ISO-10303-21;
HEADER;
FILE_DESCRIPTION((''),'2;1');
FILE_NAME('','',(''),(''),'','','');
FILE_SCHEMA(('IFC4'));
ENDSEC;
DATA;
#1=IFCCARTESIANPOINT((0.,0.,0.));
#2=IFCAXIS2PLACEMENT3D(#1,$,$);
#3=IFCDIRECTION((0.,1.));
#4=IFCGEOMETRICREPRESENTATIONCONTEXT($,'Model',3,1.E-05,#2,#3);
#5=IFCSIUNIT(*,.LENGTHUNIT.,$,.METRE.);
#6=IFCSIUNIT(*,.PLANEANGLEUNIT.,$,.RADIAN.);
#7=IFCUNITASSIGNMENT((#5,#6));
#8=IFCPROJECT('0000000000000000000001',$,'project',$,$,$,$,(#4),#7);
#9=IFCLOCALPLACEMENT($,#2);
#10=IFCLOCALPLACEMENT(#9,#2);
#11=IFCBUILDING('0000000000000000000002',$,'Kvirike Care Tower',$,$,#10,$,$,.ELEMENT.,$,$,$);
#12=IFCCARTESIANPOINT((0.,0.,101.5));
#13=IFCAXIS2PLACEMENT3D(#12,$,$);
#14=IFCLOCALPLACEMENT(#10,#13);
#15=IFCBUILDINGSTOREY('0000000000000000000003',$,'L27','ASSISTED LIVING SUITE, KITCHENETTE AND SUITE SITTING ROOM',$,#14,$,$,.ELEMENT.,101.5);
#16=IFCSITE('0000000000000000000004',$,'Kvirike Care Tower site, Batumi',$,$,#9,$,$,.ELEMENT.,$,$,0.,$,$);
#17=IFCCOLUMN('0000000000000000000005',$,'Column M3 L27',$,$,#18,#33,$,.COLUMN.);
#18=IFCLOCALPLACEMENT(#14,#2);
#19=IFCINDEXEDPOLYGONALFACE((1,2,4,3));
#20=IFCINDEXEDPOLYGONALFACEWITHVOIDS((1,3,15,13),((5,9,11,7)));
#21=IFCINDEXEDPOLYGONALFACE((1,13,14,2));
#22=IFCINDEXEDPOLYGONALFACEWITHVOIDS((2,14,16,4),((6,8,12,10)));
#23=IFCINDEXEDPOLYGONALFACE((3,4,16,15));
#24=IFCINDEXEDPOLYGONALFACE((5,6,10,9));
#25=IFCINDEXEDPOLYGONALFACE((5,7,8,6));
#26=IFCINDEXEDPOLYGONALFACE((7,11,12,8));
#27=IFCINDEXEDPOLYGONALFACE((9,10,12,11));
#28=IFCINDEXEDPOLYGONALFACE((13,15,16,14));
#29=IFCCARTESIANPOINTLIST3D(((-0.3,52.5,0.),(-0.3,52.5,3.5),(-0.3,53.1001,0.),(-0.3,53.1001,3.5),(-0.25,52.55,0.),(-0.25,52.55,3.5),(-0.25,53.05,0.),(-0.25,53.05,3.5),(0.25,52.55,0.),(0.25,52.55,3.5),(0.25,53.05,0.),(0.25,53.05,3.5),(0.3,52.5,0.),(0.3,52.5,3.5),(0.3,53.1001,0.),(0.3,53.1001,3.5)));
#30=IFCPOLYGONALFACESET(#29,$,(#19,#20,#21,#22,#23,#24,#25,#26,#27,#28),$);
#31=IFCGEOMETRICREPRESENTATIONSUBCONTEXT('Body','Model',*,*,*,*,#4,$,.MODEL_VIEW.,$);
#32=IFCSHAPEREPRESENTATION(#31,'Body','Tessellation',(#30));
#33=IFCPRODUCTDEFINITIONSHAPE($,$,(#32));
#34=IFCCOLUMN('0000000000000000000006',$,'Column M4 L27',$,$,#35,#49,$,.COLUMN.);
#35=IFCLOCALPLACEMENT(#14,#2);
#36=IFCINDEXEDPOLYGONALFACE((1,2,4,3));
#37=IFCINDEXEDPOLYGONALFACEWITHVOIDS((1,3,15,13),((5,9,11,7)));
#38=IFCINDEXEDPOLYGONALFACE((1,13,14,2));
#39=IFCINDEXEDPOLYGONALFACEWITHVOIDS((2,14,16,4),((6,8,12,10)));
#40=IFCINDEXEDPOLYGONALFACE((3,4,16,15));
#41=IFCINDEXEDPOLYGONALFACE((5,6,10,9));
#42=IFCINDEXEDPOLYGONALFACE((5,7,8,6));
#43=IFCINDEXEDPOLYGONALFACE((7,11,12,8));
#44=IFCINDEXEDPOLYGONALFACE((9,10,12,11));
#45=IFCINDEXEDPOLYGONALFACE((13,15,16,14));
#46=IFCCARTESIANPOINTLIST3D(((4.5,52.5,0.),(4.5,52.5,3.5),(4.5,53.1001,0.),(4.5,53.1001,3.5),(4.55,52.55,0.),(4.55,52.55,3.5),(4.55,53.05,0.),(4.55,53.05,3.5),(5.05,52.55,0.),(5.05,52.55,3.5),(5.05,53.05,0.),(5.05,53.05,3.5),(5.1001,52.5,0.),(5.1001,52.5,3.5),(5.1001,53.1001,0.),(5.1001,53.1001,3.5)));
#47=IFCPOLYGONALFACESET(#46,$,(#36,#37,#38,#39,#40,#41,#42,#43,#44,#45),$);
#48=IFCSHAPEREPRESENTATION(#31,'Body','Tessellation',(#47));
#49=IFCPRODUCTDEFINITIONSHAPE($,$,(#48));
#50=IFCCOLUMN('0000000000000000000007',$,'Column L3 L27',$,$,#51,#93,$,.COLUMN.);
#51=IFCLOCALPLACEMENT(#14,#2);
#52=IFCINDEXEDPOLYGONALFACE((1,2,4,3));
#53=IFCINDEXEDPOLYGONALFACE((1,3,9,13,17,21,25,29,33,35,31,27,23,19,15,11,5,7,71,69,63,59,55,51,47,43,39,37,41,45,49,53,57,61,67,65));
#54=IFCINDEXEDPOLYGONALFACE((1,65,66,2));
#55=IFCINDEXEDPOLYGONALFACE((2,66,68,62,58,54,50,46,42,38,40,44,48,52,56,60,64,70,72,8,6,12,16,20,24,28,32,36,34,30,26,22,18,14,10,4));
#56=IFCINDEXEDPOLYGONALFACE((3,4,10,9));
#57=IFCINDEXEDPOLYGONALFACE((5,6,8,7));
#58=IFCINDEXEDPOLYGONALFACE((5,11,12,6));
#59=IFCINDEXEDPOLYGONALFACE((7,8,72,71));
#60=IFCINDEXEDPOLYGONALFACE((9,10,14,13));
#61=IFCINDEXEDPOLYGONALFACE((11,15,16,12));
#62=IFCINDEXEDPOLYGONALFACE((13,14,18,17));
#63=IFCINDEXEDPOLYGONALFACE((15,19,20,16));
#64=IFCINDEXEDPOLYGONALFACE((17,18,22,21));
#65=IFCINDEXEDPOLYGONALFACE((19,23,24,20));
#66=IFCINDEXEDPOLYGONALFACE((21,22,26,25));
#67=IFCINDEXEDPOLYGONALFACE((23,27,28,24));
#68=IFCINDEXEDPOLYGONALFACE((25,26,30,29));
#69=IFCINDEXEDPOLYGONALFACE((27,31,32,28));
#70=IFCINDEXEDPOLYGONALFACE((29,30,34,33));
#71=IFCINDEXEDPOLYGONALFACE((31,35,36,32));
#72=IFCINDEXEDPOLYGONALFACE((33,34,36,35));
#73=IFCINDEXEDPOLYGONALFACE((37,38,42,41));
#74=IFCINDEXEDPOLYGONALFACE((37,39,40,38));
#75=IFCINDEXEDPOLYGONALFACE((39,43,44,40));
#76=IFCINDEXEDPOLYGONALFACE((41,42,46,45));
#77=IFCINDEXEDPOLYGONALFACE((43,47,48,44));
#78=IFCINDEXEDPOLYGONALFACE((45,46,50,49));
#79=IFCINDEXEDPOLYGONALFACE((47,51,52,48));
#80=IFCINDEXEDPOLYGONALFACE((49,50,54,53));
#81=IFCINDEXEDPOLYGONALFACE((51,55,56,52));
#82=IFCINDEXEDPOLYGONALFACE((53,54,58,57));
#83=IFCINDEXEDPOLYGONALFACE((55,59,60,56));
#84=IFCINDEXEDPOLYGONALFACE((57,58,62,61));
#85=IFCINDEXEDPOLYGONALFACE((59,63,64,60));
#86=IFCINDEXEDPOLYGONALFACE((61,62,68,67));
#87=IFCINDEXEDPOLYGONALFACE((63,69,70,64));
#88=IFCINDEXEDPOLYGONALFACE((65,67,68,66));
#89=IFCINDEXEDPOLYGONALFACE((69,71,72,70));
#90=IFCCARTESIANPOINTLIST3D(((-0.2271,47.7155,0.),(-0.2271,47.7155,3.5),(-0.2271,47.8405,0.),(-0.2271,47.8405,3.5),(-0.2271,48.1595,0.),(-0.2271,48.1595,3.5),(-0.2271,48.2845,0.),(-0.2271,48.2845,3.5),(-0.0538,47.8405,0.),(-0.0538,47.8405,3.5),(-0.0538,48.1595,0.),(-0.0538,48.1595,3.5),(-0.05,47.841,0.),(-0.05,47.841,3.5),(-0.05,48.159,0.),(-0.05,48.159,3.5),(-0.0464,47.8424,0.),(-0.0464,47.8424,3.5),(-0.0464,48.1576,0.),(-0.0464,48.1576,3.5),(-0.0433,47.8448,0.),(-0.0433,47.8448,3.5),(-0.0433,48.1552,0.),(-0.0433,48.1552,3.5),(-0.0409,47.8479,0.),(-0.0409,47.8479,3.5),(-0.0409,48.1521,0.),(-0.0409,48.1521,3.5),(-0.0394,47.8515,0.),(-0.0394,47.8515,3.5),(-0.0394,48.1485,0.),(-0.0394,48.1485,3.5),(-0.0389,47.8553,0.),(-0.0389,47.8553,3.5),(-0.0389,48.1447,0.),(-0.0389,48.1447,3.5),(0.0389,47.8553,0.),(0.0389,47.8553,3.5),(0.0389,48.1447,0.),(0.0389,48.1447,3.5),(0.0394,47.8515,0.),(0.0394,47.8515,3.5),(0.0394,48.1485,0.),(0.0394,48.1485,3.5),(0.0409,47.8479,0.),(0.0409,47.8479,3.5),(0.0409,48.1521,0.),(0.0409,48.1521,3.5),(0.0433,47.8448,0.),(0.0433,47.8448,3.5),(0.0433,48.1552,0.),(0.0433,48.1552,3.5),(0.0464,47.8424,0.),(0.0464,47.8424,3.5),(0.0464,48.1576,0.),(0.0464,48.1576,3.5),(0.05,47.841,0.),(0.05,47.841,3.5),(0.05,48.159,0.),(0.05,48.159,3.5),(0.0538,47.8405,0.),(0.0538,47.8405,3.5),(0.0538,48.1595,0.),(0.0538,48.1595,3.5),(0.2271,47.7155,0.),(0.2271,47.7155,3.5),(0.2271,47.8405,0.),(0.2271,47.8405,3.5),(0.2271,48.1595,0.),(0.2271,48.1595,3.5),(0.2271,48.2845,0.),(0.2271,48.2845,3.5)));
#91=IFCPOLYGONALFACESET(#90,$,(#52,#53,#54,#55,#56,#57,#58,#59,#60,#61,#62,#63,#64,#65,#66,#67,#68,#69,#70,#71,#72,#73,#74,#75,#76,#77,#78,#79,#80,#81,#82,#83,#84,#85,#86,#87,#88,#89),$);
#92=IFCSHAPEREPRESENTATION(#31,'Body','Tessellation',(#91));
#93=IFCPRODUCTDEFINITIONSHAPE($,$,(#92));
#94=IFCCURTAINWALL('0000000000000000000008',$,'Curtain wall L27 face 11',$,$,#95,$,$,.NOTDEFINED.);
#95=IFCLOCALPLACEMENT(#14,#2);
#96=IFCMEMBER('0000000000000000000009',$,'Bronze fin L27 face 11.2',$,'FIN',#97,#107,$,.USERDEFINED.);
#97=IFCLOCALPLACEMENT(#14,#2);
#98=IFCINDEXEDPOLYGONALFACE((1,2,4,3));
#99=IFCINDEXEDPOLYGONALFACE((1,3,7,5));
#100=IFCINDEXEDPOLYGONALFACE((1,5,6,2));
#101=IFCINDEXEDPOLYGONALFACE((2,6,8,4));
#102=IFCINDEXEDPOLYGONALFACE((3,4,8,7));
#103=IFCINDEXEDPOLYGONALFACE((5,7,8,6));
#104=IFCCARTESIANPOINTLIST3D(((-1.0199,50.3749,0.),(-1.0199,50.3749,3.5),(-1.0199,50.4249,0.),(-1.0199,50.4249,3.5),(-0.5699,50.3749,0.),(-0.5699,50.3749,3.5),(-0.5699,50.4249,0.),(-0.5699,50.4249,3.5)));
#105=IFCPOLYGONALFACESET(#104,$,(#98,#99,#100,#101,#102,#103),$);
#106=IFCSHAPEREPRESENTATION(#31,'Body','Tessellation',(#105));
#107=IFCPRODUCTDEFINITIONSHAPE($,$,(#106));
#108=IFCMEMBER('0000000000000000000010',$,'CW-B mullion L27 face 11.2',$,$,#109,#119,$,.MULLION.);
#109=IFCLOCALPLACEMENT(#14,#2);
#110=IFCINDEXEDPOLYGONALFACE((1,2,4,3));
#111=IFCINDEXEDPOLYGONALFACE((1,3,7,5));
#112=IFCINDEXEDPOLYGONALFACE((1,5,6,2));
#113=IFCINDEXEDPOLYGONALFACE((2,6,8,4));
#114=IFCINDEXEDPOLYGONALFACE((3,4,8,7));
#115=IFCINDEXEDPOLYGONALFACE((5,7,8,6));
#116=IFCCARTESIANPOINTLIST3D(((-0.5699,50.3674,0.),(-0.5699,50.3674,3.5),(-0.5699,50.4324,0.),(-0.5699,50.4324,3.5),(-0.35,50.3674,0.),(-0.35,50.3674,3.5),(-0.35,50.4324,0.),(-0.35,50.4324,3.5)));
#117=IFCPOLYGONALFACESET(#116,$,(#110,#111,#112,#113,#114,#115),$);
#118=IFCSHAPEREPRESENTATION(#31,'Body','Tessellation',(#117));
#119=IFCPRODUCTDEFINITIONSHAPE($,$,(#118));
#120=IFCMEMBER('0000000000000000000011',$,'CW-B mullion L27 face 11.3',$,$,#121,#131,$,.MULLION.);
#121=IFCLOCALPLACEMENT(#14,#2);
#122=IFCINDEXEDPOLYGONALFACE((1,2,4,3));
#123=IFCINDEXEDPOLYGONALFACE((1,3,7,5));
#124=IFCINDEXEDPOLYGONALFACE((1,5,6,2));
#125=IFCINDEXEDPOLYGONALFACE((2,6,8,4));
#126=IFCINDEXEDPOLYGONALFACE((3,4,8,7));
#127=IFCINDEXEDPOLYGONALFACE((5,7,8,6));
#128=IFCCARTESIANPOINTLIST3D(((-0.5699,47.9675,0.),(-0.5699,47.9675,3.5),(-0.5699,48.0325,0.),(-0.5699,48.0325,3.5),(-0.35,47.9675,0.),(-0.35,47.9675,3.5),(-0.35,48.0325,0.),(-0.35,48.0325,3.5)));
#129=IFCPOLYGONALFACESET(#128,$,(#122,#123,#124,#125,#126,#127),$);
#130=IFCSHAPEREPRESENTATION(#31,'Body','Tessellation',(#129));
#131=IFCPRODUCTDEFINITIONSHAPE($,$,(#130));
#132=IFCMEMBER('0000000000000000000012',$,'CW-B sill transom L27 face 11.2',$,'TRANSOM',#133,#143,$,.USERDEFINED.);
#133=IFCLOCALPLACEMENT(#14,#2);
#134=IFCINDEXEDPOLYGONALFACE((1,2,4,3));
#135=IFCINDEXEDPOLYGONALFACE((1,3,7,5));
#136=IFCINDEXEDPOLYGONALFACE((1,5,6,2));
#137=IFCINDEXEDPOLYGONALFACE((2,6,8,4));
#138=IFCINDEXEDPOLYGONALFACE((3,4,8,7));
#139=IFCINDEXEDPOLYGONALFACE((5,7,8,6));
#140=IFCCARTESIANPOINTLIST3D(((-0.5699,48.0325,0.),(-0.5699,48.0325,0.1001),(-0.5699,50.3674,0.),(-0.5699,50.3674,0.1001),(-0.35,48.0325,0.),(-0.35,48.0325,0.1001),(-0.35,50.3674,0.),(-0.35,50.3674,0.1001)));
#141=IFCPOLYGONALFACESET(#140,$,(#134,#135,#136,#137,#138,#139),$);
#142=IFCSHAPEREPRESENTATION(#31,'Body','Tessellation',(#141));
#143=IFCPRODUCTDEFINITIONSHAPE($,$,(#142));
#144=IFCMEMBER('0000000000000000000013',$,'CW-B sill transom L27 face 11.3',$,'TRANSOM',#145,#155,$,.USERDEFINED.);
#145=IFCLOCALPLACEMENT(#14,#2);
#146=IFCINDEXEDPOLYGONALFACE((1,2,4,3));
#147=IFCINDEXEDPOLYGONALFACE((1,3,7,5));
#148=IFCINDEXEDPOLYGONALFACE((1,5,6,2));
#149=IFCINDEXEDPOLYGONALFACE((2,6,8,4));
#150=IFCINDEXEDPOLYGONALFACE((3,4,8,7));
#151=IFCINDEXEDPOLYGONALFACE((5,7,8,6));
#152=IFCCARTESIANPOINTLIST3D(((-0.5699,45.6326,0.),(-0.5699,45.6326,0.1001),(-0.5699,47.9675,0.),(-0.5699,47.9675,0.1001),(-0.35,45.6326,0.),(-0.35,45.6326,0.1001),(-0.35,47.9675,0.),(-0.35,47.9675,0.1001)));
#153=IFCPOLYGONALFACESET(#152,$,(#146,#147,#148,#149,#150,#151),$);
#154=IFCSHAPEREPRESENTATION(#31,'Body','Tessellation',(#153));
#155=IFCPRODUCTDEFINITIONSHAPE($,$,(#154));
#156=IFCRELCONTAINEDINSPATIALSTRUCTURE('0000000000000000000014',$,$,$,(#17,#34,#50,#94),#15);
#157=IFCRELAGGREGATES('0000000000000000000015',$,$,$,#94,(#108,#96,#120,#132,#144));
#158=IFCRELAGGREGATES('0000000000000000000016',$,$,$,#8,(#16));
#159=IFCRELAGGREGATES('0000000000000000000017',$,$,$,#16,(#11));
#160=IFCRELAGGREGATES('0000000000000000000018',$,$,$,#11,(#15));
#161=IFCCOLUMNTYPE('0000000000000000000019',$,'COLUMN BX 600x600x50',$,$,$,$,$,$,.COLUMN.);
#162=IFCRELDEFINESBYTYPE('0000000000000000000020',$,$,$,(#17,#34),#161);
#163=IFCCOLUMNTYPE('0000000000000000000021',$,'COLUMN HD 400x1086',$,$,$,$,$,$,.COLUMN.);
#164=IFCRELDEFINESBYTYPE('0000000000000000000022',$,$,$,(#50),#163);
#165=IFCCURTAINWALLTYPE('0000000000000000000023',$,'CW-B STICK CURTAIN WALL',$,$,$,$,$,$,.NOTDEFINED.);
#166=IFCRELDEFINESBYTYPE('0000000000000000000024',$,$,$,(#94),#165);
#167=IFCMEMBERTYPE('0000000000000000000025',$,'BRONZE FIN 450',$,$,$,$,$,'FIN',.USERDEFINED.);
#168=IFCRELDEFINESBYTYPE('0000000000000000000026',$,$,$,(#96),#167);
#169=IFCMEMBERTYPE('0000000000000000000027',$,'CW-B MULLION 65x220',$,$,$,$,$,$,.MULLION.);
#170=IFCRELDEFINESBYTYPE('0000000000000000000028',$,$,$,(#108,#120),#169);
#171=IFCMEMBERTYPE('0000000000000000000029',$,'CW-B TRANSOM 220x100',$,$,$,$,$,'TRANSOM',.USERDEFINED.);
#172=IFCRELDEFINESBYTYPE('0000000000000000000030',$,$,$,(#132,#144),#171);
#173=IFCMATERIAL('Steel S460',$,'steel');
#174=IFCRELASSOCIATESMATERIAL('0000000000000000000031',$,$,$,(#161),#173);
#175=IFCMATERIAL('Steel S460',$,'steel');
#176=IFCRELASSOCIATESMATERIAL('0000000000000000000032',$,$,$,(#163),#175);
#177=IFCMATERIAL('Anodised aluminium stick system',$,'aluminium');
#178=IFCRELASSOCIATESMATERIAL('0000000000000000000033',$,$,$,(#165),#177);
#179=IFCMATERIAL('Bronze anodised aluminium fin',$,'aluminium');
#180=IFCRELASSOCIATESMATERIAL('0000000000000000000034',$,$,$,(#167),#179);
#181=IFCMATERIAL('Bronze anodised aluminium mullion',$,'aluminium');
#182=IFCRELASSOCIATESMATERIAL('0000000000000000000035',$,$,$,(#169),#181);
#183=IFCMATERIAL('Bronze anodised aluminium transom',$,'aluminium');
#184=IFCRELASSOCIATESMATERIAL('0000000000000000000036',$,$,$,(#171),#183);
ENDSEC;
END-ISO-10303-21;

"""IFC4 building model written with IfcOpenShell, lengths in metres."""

from ifc_helpers import new_model, si_unit, direction, frame, origin, origin_2d, place, context, subcontext, project, spatial, rectangle, hollow_rectangle, i_section, extrude, material, material_profile, profile_set, type_object, element, aggregate, save


model = new_model("IFC4")

# Units and contexts
model_context = context("Model", 3, precision=1e-05, world=origin(), true_north=direction((0.0, 1.0)))
body_context = subcontext(model_context, "Body", "Model", "MODEL_VIEW")
ifc_project = project(units=[si_unit("LENGTHUNIT", "METRE"), si_unit("PLANEANGLEUNIT", "RADIAN")], contexts=[model_context])

# Site, building, storey
site_placement = place(None, origin())
site = spatial("IfcSite", under=ifc_project, at=site_placement, Name="Kvirike Care Tower site, Batumi", CompositionType="ELEMENT", RefElevation=0.0)
building_placement = place(site_placement, origin())
building = spatial("IfcBuilding", under=site, at=building_placement, Name="Kvirike Care Tower", CompositionType="ELEMENT")
storey_placement = place(building_placement, frame((0.0, 0.0, 101.5)))
storey = spatial("IfcBuildingStorey", under=building, at=storey_placement, Name="L27", Description="ASSISTED LIVING SUITE, KITCHENETTE AND SUITE SITTING ROOM", CompositionType="ELEMENT", Elevation=101.5)

# Columns
ifc_material_1 = material(Name="Steel S460", Category="steel")
ifc_material_profile_1 = material_profile(ifc_material_1, hollow_rectangle(XDim=0.6001, YDim=0.6001, WallThickness=0.05, at=origin_2d()), Name="BX 600x600x50")
ifc_profile_set_1 = profile_set([ifc_material_profile_1], Name="Steel S460")
column_type_1 = type_object("IfcColumnType", Name="COLUMN BX 600x600x50", PredefinedType="COLUMN", material=ifc_profile_set_1)
for number, where, z_axis, x_axis, name in (
    (1, (0.0, 52.8, 0.0), (0.0, 0.0, 1.0), (0.0, 1.0, 0.0), "Column M3 L27"),
    (2, (4.8, 52.8, 0.0), (0.0, 0.0, 1.0), (0.0, 1.0, 0.0), "Column M4 L27"),
):
    element("IfcColumn", number, at=place(storey_placement, frame(where, z_axis=z_axis, x_axis=x_axis)), inside=storey, type_object=column_type_1, Name=name, PredefinedType="COLUMN", context=body_context, shape_type="SweptSolid", body=[
        extrude(hollow_rectangle(XDim=0.6001, YDim=0.6001, WallThickness=0.05, at=origin_2d()), origin(), (0.0, 0.0, 1.0), 3.5),
    ])
ifc_material_2 = material(Name="Steel S460", Category="steel")
ifc_material_profile_2 = material_profile(ifc_material_2, i_section(OverallWidth=0.4541, OverallDepth=0.5691, WebThickness=0.0779, FlangeThickness=0.125, FilletRadius=0.0149, at=origin_2d()), Name="HD 400x1086")
ifc_profile_set_2 = profile_set([ifc_material_profile_2], Name="Steel S460")
column_type_2 = type_object("IfcColumnType", Name="COLUMN HD 400x1086", PredefinedType="COLUMN", material=ifc_profile_set_2)
column_placement = place(storey_placement, frame((0.0, 48.0, 0.0), z_axis=(0.0, 0.0, 1.0), x_axis=(1.0, 0.0, 0.0)))
element("IfcColumn", 3, at=column_placement, inside=storey, type_object=column_type_2, Name="Column L3 L27", PredefinedType="COLUMN", context=body_context, shape_type="SweptSolid", body=[
    extrude(i_section(OverallWidth=0.4541, OverallDepth=0.5691, WebThickness=0.0779, FlangeThickness=0.125, FilletRadius=0.0149, at=origin_2d()), origin(), (0.0, 0.0, 1.0), 3.5),
])

# Curtain wall, members
ifc_material_3 = material(Name="Anodised aluminium stick system", Category="aluminium")
curtain_wall_type = type_object("IfcCurtainWallType", Name="CW-B STICK CURTAIN WALL", PredefinedType="NOTDEFINED", material=ifc_material_3)
curtain_wall_placement = place(storey_placement, origin())
curtain_wall = element("IfcCurtainWall", 4, at=curtain_wall_placement, inside=storey, type_object=curtain_wall_type, Name="Curtain wall L27 face 11", PredefinedType="NOTDEFINED")
ifc_material_4 = material(Name="Bronze anodised aluminium fin", Category="aluminium")
ifc_material_profile_3 = material_profile(ifc_material_4, rectangle(XDim=0.05, YDim=0.45, at=origin_2d()), Name="BRONZE FIN 450")
ifc_profile_set_3 = profile_set([ifc_material_profile_3], Name="Bronze anodised aluminium fin")
member_type_1 = type_object("IfcMemberType", Name="BRONZE FIN 450", ElementType="FIN", PredefinedType="USERDEFINED", material=ifc_profile_set_3)
member_1_placement = place(storey_placement, frame((-0.7949, 50.3999, 0.0), z_axis=(0.0, 0.0, 1.0), x_axis=(0.0, -1.0, 0.0)))
member_1 = element("IfcMember", 5, at=member_1_placement, type_object=member_type_1, Name="Bronze fin L27 face 11.2", ObjectType="FIN", PredefinedType="USERDEFINED", context=body_context, shape_type="SweptSolid", body=[
    extrude(rectangle(XDim=0.05, YDim=0.45, at=origin_2d()), origin(), (0.0, 0.0, 1.0), 3.5),
])
ifc_material_5 = material(Name="Bronze anodised aluminium mullion", Category="aluminium")
ifc_material_profile_4 = material_profile(ifc_material_5, rectangle(XDim=0.0649, YDim=0.22, at=origin_2d()), Name="CW-B MULLION 65x220")
ifc_profile_set_4 = profile_set([ifc_material_profile_4], Name="Bronze anodised aluminium mullion")
member_type_2 = type_object("IfcMemberType", Name="CW-B MULLION 65x220", PredefinedType="MULLION", material=ifc_profile_set_4)
member_2_placement = place(storey_placement, frame((-0.46, 50.3999, 0.0), z_axis=(0.0, 0.0, 1.0), x_axis=(0.0, -1.0, 0.0)))
member_2 = element("IfcMember", 6, at=member_2_placement, type_object=member_type_2, Name="CW-B mullion L27 face 11.2", PredefinedType="MULLION", context=body_context, shape_type="SweptSolid", body=[
    extrude(rectangle(XDim=0.0649, YDim=0.22, at=origin_2d()), origin(), (0.0, 0.0, 1.0), 3.5),
])
member_3_placement = place(storey_placement, frame((-0.46, 48.0, 0.0), z_axis=(0.0, 0.0, 1.0), x_axis=(0.0, -1.0, 0.0)))
member_3 = element("IfcMember", 7, at=member_3_placement, type_object=member_type_2, Name="CW-B mullion L27 face 11.3", PredefinedType="MULLION", context=body_context, shape_type="SweptSolid", body=[
    extrude(rectangle(XDim=0.0649, YDim=0.22, at=origin_2d()), origin(), (0.0, 0.0, 1.0), 3.5),
])
ifc_material_6 = material(Name="Bronze anodised aluminium transom", Category="aluminium")
ifc_material_profile_5 = material_profile(ifc_material_6, rectangle(XDim=0.22, YDim=0.1001, at=origin_2d()), Name="CW-B TRANSOM 220x100")
ifc_profile_set_5 = profile_set([ifc_material_profile_5], Name="Bronze anodised aluminium transom")
member_type_3 = type_object("IfcMemberType", Name="CW-B TRANSOM 220x100", ElementType="TRANSOM", PredefinedType="USERDEFINED", material=ifc_profile_set_5)
member_4_placement = place(storey_placement, frame((-0.46, 50.3674, 0.05), z_axis=(0.0, -1.0, 0.0), x_axis=(1.0, 0.0, 0.0)))
member_4 = element("IfcMember", 8, at=member_4_placement, type_object=member_type_3, Name="CW-B sill transom L27 face 11.2", ObjectType="TRANSOM", PredefinedType="USERDEFINED", context=body_context, shape_type="SweptSolid", body=[
    extrude(rectangle(XDim=0.22, YDim=0.1001, at=origin_2d()), origin(), (0.0, 0.0, 1.0), 2.335),
])
member_5_placement = place(storey_placement, frame((-0.46, 47.9675, 0.05), z_axis=(0.0, -1.0, 0.0), x_axis=(1.0, 0.0, 0.0)))
member_5 = element("IfcMember", 9, at=member_5_placement, type_object=member_type_3, Name="CW-B sill transom L27 face 11.3", ObjectType="TRANSOM", PredefinedType="USERDEFINED", context=body_context, shape_type="SweptSolid", body=[
    extrude(rectangle(XDim=0.22, YDim=0.1001, at=origin_2d()), origin(), (0.0, 0.0, 1.0), 2.335),
])

aggregate(curtain_wall, [member_2, member_1, member_3, member_4, member_5])

save(model, "model.ifc")
